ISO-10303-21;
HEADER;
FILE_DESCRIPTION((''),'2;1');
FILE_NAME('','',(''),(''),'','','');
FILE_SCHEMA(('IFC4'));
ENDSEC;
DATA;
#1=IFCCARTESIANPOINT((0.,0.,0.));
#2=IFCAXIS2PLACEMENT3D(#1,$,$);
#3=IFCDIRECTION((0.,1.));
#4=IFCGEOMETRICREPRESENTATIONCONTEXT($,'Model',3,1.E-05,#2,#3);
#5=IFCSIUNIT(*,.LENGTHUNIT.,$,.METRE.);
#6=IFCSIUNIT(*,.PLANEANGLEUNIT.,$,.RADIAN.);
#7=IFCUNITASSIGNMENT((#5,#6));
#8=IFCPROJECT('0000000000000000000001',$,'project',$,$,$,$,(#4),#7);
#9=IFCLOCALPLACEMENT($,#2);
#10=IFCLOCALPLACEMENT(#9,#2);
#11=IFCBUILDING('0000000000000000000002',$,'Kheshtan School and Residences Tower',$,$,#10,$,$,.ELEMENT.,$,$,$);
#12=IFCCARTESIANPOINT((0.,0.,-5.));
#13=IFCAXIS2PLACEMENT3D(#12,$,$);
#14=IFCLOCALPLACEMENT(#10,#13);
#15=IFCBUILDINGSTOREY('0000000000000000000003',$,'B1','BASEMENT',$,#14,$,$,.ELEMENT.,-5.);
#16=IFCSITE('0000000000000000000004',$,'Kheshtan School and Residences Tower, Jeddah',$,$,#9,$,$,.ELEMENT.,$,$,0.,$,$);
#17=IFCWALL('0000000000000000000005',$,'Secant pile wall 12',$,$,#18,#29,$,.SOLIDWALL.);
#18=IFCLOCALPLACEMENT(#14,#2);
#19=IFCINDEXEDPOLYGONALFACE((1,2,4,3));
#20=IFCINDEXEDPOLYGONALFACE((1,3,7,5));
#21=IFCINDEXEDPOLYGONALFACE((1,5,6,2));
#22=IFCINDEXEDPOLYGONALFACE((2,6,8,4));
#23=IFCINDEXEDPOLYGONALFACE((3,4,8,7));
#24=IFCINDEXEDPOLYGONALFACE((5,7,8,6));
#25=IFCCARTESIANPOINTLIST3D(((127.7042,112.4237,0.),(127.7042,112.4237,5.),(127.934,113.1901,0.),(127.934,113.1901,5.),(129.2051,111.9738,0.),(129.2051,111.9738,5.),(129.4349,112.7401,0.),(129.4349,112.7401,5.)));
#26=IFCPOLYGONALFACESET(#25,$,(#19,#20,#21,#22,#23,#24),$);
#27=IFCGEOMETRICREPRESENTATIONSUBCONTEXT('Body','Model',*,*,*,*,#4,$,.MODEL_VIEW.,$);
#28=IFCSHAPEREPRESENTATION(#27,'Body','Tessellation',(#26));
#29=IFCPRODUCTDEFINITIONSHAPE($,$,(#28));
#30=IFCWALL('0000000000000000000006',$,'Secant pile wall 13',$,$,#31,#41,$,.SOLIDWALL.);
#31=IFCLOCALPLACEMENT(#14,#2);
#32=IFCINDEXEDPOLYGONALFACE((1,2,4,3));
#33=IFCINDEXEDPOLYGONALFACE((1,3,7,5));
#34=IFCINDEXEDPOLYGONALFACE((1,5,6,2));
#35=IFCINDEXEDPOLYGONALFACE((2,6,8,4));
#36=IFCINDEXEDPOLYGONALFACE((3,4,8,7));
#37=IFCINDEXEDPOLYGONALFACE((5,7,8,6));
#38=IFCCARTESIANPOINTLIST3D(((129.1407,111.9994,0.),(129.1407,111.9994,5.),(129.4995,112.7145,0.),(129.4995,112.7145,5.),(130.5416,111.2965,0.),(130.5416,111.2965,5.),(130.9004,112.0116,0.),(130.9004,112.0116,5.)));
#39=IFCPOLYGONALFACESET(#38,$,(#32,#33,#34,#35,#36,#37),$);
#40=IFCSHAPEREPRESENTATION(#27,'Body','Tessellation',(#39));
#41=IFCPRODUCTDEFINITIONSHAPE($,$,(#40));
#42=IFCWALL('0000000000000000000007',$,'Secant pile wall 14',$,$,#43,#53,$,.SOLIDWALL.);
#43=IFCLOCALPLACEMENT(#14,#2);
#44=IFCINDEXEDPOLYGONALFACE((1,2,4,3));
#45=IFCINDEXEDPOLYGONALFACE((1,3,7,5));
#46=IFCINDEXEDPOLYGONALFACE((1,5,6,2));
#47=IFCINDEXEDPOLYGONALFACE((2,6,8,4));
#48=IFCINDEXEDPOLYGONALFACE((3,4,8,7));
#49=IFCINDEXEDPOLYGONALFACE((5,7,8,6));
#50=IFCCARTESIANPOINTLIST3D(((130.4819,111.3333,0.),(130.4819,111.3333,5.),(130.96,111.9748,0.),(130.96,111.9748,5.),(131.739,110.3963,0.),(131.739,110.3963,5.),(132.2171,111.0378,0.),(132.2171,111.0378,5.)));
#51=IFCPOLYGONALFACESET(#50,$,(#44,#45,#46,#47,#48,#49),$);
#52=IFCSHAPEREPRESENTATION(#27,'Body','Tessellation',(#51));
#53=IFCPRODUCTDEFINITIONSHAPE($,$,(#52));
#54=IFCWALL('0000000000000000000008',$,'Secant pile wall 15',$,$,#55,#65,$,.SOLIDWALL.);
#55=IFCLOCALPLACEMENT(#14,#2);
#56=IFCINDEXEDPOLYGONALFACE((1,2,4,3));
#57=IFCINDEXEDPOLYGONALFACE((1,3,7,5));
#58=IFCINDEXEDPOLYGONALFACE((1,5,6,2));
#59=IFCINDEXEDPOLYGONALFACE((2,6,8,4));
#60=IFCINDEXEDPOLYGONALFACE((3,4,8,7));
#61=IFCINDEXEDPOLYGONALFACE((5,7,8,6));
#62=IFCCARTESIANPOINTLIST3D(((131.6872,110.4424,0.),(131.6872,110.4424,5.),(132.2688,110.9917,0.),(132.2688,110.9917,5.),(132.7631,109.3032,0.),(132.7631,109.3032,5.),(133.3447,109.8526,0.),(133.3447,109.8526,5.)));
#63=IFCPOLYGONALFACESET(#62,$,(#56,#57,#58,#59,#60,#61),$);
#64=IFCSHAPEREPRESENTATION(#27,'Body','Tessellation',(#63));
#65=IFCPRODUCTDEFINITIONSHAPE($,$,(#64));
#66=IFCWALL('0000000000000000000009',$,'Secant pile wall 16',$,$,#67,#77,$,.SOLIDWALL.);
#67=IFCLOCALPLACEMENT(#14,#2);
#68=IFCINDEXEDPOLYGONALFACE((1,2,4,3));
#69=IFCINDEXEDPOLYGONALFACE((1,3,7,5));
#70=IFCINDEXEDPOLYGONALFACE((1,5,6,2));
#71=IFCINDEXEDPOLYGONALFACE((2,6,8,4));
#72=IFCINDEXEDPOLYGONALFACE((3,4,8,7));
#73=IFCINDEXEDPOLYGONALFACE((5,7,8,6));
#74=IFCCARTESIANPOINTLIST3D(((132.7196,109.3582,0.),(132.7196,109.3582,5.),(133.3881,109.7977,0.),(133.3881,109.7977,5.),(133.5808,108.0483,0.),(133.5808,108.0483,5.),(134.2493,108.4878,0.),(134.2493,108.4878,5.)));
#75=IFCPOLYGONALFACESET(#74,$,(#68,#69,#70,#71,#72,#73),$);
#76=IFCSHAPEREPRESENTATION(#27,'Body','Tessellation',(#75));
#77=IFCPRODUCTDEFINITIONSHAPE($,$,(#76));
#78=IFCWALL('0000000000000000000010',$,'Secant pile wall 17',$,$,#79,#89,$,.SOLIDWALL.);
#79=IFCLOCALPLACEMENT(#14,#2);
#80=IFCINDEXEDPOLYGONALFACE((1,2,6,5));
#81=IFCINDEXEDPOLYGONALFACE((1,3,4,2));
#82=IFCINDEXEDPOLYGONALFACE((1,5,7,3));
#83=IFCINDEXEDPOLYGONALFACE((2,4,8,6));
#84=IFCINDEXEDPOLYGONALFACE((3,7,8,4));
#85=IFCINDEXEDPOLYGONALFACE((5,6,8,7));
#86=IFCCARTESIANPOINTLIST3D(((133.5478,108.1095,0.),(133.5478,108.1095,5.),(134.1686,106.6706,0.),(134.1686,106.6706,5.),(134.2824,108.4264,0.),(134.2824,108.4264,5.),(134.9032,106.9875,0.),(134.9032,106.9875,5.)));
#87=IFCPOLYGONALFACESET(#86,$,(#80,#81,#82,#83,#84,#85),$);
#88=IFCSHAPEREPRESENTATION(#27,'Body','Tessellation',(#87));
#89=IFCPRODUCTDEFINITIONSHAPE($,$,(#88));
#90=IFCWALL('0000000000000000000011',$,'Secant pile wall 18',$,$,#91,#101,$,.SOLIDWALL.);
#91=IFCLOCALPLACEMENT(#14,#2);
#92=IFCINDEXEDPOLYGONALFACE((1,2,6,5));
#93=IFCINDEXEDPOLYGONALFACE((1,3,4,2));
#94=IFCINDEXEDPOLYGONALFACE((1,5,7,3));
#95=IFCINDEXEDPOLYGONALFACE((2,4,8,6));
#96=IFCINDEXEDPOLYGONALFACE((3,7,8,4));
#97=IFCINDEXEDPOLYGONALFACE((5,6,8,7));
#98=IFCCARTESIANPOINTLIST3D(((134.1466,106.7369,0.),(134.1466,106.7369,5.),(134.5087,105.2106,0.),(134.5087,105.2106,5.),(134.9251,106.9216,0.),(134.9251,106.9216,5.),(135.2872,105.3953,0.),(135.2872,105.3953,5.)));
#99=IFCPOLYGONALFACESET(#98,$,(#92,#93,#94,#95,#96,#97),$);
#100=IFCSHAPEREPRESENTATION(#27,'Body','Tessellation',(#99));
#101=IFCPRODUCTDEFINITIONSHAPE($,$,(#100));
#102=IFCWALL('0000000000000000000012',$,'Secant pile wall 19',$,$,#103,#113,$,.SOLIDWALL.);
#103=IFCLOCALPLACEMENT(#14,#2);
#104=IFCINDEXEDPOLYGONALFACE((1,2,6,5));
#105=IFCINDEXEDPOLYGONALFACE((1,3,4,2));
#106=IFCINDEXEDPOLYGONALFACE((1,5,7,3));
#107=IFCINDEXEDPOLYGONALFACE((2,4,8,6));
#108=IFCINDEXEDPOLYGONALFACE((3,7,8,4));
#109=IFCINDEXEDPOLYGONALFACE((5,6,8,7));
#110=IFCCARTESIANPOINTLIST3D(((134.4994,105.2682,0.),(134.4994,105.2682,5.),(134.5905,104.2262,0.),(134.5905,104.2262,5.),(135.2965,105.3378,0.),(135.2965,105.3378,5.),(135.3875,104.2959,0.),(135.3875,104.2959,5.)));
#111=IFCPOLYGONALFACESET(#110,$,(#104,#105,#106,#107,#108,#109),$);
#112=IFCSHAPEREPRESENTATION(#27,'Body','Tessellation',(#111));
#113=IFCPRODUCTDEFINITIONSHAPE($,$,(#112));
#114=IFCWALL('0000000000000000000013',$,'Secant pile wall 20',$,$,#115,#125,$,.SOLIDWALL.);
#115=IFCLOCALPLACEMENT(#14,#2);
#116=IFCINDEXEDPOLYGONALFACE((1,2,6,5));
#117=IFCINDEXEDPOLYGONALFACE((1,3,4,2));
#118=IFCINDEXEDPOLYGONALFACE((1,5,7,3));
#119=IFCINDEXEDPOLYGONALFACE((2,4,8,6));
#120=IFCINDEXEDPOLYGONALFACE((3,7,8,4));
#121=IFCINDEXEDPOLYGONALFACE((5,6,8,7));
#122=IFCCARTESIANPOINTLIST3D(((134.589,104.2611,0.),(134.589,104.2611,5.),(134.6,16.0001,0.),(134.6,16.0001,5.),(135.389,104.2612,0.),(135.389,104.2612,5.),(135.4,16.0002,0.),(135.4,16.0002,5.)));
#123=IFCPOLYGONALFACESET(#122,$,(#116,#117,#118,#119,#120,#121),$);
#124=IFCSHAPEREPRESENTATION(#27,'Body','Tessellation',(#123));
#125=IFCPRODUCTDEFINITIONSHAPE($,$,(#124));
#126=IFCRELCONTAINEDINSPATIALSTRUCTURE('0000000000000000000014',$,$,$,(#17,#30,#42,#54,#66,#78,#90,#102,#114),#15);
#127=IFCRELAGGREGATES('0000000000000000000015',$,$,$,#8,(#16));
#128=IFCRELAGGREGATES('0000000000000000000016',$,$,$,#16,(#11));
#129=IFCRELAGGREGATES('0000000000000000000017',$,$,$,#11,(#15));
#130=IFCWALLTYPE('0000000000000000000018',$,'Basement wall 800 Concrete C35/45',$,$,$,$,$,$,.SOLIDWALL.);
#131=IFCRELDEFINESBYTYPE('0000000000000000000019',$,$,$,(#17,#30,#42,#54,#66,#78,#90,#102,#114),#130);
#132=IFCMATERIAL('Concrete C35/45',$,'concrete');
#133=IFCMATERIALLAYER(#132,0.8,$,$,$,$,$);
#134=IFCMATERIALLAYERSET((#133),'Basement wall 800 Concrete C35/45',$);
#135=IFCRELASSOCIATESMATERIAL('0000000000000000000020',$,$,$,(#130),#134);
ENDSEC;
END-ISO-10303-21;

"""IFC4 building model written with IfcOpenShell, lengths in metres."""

from ifc_helpers import new_model, si_unit, direction, frame, frame_2d, origin, place, context, subcontext, project, spatial, rectangle, extrude, material, layer, layer_set, type_object, element, save


model = new_model("IFC4")

# Units and contexts
model_context = context("Model", 3, precision=1e-05, world=origin(), true_north=direction((0.0, 1.0)))
body_context = subcontext(model_context, "Body", "Model", "MODEL_VIEW")
ifc_project = project(units=[si_unit("LENGTHUNIT", "METRE"), si_unit("PLANEANGLEUNIT", "RADIAN")], contexts=[model_context])

# Site, building, storey
site_placement = place(None, origin())
site = spatial("IfcSite", under=ifc_project, at=site_placement, Name="Kheshtan School and Residences Tower, Jeddah", CompositionType="ELEMENT", RefElevation=0.0)
building_placement = place(site_placement, origin())
building = spatial("IfcBuilding", under=site, at=building_placement, Name="Kheshtan School and Residences Tower", CompositionType="ELEMENT")
storey_placement = place(building_placement, frame((0.0, 0.0, -5.0)))
storey = spatial("IfcBuildingStorey", under=building, at=storey_placement, Name="B1", Description="BASEMENT", CompositionType="ELEMENT", Elevation=-5.0)

# Walls
ifc_material_1 = material(Name="Concrete C35/45", Category="concrete")
ifc_layer = layer(ifc_material_1, 0.8)
ifc_layer_set = layer_set([ifc_layer], Name="Basement wall 800 Concrete C35/45")
wall_type = type_object("IfcWallType", Name="Basement wall 800 Concrete C35/45", PredefinedType="SOLIDWALL", material=ifc_layer_set)
wall_1_placement = place(storey_placement, frame((127.8191, 112.8069, 0.0), z_axis=(0.0, 0.0, 1.0), x_axis=(0.957886, -0.287148, 0.0)))
element("IfcWall", 1, at=wall_1_placement, inside=storey, type_object=wall_type, Name="Secant pile wall 12", PredefinedType="SOLIDWALL", context=body_context, shape_type="SweptSolid", body=[
    extrude(rectangle(XDim=1.5669, YDim=0.8, at=frame_2d((0.7834, 0.0))), origin(), (0.0, 0.0, 1.0), 5.0),
])
wall_2_placement = place(storey_placement, frame((129.3201, 112.3569, 0.0), z_axis=(0.0, 0.0, 1.0), x_axis=(0.893803, -0.448459, 0.0)))
element("IfcWall", 2, at=wall_2_placement, inside=storey, type_object=wall_type, Name="Secant pile wall 13", PredefinedType="SOLIDWALL", context=body_context, shape_type="SweptSolid", body=[
    extrude(rectangle(XDim=1.5674, YDim=0.8, at=frame_2d((0.7837, 0.0))), origin(), (0.0, 0.0, 1.0), 5.0),
])
wall_3_placement = place(storey_placement, frame((130.7209, 111.6541, 0.0), z_axis=(0.0, 0.0, 1.0), x_axis=(0.801772, -0.597631, 0.0)))
element("IfcWall", 3, at=wall_3_placement, inside=storey, type_object=wall_type, Name="Secant pile wall 14", PredefinedType="SOLIDWALL", context=body_context, shape_type="SweptSolid", body=[
    extrude(rectangle(XDim=1.5679, YDim=0.8, at=frame_2d((0.7839, 0.0))), origin(), (0.0, 0.0, 1.0), 5.0),
])
wall_4_placement = place(storey_placement, frame((131.978, 110.717, 0.0), z_axis=(0.0, 0.0, 1.0), x_axis=(0.686642, -0.726996, 0.0)))
element("IfcWall", 4, at=wall_4_placement, inside=storey, type_object=wall_type, Name="Secant pile wall 15", PredefinedType="SOLIDWALL", context=body_context, shape_type="SweptSolid", body=[
    extrude(rectangle(XDim=1.5669, YDim=0.8, at=frame_2d((0.7834, 0.0))), origin(), (0.0, 0.0, 1.0), 5.0),
])
wall_5_placement = place(storey_placement, frame((133.054, 109.5779, 0.0), z_axis=(0.0, 0.0, 1.0), x_axis=(0.549333, -0.835603, 0.0)))
element("IfcWall", 5, at=wall_5_placement, inside=storey, type_object=wall_type, Name="Secant pile wall 16", PredefinedType="SOLIDWALL", context=body_context, shape_type="SweptSolid", body=[
    extrude(rectangle(XDim=1.5676, YDim=0.8, at=frame_2d((0.7837, 0.0))), origin(), (0.0, 0.0, 1.0), 5.0),
])
wall_6_placement = place(storey_placement, frame((133.915, 108.2681, 0.0), z_axis=(0.0, 0.0, 1.0), x_axis=(0.396155, -0.918183, 0.0)))
element("IfcWall", 6, at=wall_6_placement, inside=storey, type_object=wall_type, Name="Secant pile wall 17", PredefinedType="SOLIDWALL", context=body_context, shape_type="SweptSolid", body=[
    extrude(rectangle(XDim=1.5671, YDim=0.8, at=frame_2d((0.7837, 0.0))), origin(), (0.0, 0.0, 1.0), 5.0),
])
wall_7_placement = place(storey_placement, frame((134.5359, 106.8291, 0.0), z_axis=(0.0, 0.0, 1.0), x_axis=(0.230835, -0.972993, 0.0)))
element("IfcWall", 7, at=wall_7_placement, inside=storey, type_object=wall_type, Name="Secant pile wall 18", PredefinedType="SOLIDWALL", context=body_context, shape_type="SweptSolid", body=[
    extrude(rectangle(XDim=1.5686, YDim=0.8, at=frame_2d((0.7842, 0.0))), origin(), (0.0, 0.0, 1.0), 5.0),
])
wall_8_placement = place(storey_placement, frame((134.8979, 105.303, 0.0), z_axis=(0.0, 0.0, 1.0), x_axis=(0.087063, -0.996203, 0.0)))
element("IfcWall", 8, at=wall_8_placement, inside=storey, type_object=wall_type, Name="Secant pile wall 19", PredefinedType="SOLIDWALL", context=body_context, shape_type="SweptSolid", body=[
    extrude(rectangle(XDim=1.0459, YDim=0.8, at=frame_2d((0.5229, 0.0))), origin(), (0.0, 0.0, 1.0), 5.0),
])
wall_9_placement = place(storey_placement, frame((134.989, 104.261, 0.0), z_axis=(0.0, 0.0, 1.0), x_axis=(0.000124, -1.0, 0.0)))
element("IfcWall", 9, at=wall_9_placement, inside=storey, type_object=wall_type, Name="Secant pile wall 20", PredefinedType="SOLIDWALL", context=body_context, shape_type="SweptSolid", body=[
    extrude(rectangle(XDim=88.261, YDim=0.8, at=frame_2d((44.1304, 0.0))), origin(), (0.0, 0.0, 1.0), 5.0),
])

save(model, "model.ifc")
